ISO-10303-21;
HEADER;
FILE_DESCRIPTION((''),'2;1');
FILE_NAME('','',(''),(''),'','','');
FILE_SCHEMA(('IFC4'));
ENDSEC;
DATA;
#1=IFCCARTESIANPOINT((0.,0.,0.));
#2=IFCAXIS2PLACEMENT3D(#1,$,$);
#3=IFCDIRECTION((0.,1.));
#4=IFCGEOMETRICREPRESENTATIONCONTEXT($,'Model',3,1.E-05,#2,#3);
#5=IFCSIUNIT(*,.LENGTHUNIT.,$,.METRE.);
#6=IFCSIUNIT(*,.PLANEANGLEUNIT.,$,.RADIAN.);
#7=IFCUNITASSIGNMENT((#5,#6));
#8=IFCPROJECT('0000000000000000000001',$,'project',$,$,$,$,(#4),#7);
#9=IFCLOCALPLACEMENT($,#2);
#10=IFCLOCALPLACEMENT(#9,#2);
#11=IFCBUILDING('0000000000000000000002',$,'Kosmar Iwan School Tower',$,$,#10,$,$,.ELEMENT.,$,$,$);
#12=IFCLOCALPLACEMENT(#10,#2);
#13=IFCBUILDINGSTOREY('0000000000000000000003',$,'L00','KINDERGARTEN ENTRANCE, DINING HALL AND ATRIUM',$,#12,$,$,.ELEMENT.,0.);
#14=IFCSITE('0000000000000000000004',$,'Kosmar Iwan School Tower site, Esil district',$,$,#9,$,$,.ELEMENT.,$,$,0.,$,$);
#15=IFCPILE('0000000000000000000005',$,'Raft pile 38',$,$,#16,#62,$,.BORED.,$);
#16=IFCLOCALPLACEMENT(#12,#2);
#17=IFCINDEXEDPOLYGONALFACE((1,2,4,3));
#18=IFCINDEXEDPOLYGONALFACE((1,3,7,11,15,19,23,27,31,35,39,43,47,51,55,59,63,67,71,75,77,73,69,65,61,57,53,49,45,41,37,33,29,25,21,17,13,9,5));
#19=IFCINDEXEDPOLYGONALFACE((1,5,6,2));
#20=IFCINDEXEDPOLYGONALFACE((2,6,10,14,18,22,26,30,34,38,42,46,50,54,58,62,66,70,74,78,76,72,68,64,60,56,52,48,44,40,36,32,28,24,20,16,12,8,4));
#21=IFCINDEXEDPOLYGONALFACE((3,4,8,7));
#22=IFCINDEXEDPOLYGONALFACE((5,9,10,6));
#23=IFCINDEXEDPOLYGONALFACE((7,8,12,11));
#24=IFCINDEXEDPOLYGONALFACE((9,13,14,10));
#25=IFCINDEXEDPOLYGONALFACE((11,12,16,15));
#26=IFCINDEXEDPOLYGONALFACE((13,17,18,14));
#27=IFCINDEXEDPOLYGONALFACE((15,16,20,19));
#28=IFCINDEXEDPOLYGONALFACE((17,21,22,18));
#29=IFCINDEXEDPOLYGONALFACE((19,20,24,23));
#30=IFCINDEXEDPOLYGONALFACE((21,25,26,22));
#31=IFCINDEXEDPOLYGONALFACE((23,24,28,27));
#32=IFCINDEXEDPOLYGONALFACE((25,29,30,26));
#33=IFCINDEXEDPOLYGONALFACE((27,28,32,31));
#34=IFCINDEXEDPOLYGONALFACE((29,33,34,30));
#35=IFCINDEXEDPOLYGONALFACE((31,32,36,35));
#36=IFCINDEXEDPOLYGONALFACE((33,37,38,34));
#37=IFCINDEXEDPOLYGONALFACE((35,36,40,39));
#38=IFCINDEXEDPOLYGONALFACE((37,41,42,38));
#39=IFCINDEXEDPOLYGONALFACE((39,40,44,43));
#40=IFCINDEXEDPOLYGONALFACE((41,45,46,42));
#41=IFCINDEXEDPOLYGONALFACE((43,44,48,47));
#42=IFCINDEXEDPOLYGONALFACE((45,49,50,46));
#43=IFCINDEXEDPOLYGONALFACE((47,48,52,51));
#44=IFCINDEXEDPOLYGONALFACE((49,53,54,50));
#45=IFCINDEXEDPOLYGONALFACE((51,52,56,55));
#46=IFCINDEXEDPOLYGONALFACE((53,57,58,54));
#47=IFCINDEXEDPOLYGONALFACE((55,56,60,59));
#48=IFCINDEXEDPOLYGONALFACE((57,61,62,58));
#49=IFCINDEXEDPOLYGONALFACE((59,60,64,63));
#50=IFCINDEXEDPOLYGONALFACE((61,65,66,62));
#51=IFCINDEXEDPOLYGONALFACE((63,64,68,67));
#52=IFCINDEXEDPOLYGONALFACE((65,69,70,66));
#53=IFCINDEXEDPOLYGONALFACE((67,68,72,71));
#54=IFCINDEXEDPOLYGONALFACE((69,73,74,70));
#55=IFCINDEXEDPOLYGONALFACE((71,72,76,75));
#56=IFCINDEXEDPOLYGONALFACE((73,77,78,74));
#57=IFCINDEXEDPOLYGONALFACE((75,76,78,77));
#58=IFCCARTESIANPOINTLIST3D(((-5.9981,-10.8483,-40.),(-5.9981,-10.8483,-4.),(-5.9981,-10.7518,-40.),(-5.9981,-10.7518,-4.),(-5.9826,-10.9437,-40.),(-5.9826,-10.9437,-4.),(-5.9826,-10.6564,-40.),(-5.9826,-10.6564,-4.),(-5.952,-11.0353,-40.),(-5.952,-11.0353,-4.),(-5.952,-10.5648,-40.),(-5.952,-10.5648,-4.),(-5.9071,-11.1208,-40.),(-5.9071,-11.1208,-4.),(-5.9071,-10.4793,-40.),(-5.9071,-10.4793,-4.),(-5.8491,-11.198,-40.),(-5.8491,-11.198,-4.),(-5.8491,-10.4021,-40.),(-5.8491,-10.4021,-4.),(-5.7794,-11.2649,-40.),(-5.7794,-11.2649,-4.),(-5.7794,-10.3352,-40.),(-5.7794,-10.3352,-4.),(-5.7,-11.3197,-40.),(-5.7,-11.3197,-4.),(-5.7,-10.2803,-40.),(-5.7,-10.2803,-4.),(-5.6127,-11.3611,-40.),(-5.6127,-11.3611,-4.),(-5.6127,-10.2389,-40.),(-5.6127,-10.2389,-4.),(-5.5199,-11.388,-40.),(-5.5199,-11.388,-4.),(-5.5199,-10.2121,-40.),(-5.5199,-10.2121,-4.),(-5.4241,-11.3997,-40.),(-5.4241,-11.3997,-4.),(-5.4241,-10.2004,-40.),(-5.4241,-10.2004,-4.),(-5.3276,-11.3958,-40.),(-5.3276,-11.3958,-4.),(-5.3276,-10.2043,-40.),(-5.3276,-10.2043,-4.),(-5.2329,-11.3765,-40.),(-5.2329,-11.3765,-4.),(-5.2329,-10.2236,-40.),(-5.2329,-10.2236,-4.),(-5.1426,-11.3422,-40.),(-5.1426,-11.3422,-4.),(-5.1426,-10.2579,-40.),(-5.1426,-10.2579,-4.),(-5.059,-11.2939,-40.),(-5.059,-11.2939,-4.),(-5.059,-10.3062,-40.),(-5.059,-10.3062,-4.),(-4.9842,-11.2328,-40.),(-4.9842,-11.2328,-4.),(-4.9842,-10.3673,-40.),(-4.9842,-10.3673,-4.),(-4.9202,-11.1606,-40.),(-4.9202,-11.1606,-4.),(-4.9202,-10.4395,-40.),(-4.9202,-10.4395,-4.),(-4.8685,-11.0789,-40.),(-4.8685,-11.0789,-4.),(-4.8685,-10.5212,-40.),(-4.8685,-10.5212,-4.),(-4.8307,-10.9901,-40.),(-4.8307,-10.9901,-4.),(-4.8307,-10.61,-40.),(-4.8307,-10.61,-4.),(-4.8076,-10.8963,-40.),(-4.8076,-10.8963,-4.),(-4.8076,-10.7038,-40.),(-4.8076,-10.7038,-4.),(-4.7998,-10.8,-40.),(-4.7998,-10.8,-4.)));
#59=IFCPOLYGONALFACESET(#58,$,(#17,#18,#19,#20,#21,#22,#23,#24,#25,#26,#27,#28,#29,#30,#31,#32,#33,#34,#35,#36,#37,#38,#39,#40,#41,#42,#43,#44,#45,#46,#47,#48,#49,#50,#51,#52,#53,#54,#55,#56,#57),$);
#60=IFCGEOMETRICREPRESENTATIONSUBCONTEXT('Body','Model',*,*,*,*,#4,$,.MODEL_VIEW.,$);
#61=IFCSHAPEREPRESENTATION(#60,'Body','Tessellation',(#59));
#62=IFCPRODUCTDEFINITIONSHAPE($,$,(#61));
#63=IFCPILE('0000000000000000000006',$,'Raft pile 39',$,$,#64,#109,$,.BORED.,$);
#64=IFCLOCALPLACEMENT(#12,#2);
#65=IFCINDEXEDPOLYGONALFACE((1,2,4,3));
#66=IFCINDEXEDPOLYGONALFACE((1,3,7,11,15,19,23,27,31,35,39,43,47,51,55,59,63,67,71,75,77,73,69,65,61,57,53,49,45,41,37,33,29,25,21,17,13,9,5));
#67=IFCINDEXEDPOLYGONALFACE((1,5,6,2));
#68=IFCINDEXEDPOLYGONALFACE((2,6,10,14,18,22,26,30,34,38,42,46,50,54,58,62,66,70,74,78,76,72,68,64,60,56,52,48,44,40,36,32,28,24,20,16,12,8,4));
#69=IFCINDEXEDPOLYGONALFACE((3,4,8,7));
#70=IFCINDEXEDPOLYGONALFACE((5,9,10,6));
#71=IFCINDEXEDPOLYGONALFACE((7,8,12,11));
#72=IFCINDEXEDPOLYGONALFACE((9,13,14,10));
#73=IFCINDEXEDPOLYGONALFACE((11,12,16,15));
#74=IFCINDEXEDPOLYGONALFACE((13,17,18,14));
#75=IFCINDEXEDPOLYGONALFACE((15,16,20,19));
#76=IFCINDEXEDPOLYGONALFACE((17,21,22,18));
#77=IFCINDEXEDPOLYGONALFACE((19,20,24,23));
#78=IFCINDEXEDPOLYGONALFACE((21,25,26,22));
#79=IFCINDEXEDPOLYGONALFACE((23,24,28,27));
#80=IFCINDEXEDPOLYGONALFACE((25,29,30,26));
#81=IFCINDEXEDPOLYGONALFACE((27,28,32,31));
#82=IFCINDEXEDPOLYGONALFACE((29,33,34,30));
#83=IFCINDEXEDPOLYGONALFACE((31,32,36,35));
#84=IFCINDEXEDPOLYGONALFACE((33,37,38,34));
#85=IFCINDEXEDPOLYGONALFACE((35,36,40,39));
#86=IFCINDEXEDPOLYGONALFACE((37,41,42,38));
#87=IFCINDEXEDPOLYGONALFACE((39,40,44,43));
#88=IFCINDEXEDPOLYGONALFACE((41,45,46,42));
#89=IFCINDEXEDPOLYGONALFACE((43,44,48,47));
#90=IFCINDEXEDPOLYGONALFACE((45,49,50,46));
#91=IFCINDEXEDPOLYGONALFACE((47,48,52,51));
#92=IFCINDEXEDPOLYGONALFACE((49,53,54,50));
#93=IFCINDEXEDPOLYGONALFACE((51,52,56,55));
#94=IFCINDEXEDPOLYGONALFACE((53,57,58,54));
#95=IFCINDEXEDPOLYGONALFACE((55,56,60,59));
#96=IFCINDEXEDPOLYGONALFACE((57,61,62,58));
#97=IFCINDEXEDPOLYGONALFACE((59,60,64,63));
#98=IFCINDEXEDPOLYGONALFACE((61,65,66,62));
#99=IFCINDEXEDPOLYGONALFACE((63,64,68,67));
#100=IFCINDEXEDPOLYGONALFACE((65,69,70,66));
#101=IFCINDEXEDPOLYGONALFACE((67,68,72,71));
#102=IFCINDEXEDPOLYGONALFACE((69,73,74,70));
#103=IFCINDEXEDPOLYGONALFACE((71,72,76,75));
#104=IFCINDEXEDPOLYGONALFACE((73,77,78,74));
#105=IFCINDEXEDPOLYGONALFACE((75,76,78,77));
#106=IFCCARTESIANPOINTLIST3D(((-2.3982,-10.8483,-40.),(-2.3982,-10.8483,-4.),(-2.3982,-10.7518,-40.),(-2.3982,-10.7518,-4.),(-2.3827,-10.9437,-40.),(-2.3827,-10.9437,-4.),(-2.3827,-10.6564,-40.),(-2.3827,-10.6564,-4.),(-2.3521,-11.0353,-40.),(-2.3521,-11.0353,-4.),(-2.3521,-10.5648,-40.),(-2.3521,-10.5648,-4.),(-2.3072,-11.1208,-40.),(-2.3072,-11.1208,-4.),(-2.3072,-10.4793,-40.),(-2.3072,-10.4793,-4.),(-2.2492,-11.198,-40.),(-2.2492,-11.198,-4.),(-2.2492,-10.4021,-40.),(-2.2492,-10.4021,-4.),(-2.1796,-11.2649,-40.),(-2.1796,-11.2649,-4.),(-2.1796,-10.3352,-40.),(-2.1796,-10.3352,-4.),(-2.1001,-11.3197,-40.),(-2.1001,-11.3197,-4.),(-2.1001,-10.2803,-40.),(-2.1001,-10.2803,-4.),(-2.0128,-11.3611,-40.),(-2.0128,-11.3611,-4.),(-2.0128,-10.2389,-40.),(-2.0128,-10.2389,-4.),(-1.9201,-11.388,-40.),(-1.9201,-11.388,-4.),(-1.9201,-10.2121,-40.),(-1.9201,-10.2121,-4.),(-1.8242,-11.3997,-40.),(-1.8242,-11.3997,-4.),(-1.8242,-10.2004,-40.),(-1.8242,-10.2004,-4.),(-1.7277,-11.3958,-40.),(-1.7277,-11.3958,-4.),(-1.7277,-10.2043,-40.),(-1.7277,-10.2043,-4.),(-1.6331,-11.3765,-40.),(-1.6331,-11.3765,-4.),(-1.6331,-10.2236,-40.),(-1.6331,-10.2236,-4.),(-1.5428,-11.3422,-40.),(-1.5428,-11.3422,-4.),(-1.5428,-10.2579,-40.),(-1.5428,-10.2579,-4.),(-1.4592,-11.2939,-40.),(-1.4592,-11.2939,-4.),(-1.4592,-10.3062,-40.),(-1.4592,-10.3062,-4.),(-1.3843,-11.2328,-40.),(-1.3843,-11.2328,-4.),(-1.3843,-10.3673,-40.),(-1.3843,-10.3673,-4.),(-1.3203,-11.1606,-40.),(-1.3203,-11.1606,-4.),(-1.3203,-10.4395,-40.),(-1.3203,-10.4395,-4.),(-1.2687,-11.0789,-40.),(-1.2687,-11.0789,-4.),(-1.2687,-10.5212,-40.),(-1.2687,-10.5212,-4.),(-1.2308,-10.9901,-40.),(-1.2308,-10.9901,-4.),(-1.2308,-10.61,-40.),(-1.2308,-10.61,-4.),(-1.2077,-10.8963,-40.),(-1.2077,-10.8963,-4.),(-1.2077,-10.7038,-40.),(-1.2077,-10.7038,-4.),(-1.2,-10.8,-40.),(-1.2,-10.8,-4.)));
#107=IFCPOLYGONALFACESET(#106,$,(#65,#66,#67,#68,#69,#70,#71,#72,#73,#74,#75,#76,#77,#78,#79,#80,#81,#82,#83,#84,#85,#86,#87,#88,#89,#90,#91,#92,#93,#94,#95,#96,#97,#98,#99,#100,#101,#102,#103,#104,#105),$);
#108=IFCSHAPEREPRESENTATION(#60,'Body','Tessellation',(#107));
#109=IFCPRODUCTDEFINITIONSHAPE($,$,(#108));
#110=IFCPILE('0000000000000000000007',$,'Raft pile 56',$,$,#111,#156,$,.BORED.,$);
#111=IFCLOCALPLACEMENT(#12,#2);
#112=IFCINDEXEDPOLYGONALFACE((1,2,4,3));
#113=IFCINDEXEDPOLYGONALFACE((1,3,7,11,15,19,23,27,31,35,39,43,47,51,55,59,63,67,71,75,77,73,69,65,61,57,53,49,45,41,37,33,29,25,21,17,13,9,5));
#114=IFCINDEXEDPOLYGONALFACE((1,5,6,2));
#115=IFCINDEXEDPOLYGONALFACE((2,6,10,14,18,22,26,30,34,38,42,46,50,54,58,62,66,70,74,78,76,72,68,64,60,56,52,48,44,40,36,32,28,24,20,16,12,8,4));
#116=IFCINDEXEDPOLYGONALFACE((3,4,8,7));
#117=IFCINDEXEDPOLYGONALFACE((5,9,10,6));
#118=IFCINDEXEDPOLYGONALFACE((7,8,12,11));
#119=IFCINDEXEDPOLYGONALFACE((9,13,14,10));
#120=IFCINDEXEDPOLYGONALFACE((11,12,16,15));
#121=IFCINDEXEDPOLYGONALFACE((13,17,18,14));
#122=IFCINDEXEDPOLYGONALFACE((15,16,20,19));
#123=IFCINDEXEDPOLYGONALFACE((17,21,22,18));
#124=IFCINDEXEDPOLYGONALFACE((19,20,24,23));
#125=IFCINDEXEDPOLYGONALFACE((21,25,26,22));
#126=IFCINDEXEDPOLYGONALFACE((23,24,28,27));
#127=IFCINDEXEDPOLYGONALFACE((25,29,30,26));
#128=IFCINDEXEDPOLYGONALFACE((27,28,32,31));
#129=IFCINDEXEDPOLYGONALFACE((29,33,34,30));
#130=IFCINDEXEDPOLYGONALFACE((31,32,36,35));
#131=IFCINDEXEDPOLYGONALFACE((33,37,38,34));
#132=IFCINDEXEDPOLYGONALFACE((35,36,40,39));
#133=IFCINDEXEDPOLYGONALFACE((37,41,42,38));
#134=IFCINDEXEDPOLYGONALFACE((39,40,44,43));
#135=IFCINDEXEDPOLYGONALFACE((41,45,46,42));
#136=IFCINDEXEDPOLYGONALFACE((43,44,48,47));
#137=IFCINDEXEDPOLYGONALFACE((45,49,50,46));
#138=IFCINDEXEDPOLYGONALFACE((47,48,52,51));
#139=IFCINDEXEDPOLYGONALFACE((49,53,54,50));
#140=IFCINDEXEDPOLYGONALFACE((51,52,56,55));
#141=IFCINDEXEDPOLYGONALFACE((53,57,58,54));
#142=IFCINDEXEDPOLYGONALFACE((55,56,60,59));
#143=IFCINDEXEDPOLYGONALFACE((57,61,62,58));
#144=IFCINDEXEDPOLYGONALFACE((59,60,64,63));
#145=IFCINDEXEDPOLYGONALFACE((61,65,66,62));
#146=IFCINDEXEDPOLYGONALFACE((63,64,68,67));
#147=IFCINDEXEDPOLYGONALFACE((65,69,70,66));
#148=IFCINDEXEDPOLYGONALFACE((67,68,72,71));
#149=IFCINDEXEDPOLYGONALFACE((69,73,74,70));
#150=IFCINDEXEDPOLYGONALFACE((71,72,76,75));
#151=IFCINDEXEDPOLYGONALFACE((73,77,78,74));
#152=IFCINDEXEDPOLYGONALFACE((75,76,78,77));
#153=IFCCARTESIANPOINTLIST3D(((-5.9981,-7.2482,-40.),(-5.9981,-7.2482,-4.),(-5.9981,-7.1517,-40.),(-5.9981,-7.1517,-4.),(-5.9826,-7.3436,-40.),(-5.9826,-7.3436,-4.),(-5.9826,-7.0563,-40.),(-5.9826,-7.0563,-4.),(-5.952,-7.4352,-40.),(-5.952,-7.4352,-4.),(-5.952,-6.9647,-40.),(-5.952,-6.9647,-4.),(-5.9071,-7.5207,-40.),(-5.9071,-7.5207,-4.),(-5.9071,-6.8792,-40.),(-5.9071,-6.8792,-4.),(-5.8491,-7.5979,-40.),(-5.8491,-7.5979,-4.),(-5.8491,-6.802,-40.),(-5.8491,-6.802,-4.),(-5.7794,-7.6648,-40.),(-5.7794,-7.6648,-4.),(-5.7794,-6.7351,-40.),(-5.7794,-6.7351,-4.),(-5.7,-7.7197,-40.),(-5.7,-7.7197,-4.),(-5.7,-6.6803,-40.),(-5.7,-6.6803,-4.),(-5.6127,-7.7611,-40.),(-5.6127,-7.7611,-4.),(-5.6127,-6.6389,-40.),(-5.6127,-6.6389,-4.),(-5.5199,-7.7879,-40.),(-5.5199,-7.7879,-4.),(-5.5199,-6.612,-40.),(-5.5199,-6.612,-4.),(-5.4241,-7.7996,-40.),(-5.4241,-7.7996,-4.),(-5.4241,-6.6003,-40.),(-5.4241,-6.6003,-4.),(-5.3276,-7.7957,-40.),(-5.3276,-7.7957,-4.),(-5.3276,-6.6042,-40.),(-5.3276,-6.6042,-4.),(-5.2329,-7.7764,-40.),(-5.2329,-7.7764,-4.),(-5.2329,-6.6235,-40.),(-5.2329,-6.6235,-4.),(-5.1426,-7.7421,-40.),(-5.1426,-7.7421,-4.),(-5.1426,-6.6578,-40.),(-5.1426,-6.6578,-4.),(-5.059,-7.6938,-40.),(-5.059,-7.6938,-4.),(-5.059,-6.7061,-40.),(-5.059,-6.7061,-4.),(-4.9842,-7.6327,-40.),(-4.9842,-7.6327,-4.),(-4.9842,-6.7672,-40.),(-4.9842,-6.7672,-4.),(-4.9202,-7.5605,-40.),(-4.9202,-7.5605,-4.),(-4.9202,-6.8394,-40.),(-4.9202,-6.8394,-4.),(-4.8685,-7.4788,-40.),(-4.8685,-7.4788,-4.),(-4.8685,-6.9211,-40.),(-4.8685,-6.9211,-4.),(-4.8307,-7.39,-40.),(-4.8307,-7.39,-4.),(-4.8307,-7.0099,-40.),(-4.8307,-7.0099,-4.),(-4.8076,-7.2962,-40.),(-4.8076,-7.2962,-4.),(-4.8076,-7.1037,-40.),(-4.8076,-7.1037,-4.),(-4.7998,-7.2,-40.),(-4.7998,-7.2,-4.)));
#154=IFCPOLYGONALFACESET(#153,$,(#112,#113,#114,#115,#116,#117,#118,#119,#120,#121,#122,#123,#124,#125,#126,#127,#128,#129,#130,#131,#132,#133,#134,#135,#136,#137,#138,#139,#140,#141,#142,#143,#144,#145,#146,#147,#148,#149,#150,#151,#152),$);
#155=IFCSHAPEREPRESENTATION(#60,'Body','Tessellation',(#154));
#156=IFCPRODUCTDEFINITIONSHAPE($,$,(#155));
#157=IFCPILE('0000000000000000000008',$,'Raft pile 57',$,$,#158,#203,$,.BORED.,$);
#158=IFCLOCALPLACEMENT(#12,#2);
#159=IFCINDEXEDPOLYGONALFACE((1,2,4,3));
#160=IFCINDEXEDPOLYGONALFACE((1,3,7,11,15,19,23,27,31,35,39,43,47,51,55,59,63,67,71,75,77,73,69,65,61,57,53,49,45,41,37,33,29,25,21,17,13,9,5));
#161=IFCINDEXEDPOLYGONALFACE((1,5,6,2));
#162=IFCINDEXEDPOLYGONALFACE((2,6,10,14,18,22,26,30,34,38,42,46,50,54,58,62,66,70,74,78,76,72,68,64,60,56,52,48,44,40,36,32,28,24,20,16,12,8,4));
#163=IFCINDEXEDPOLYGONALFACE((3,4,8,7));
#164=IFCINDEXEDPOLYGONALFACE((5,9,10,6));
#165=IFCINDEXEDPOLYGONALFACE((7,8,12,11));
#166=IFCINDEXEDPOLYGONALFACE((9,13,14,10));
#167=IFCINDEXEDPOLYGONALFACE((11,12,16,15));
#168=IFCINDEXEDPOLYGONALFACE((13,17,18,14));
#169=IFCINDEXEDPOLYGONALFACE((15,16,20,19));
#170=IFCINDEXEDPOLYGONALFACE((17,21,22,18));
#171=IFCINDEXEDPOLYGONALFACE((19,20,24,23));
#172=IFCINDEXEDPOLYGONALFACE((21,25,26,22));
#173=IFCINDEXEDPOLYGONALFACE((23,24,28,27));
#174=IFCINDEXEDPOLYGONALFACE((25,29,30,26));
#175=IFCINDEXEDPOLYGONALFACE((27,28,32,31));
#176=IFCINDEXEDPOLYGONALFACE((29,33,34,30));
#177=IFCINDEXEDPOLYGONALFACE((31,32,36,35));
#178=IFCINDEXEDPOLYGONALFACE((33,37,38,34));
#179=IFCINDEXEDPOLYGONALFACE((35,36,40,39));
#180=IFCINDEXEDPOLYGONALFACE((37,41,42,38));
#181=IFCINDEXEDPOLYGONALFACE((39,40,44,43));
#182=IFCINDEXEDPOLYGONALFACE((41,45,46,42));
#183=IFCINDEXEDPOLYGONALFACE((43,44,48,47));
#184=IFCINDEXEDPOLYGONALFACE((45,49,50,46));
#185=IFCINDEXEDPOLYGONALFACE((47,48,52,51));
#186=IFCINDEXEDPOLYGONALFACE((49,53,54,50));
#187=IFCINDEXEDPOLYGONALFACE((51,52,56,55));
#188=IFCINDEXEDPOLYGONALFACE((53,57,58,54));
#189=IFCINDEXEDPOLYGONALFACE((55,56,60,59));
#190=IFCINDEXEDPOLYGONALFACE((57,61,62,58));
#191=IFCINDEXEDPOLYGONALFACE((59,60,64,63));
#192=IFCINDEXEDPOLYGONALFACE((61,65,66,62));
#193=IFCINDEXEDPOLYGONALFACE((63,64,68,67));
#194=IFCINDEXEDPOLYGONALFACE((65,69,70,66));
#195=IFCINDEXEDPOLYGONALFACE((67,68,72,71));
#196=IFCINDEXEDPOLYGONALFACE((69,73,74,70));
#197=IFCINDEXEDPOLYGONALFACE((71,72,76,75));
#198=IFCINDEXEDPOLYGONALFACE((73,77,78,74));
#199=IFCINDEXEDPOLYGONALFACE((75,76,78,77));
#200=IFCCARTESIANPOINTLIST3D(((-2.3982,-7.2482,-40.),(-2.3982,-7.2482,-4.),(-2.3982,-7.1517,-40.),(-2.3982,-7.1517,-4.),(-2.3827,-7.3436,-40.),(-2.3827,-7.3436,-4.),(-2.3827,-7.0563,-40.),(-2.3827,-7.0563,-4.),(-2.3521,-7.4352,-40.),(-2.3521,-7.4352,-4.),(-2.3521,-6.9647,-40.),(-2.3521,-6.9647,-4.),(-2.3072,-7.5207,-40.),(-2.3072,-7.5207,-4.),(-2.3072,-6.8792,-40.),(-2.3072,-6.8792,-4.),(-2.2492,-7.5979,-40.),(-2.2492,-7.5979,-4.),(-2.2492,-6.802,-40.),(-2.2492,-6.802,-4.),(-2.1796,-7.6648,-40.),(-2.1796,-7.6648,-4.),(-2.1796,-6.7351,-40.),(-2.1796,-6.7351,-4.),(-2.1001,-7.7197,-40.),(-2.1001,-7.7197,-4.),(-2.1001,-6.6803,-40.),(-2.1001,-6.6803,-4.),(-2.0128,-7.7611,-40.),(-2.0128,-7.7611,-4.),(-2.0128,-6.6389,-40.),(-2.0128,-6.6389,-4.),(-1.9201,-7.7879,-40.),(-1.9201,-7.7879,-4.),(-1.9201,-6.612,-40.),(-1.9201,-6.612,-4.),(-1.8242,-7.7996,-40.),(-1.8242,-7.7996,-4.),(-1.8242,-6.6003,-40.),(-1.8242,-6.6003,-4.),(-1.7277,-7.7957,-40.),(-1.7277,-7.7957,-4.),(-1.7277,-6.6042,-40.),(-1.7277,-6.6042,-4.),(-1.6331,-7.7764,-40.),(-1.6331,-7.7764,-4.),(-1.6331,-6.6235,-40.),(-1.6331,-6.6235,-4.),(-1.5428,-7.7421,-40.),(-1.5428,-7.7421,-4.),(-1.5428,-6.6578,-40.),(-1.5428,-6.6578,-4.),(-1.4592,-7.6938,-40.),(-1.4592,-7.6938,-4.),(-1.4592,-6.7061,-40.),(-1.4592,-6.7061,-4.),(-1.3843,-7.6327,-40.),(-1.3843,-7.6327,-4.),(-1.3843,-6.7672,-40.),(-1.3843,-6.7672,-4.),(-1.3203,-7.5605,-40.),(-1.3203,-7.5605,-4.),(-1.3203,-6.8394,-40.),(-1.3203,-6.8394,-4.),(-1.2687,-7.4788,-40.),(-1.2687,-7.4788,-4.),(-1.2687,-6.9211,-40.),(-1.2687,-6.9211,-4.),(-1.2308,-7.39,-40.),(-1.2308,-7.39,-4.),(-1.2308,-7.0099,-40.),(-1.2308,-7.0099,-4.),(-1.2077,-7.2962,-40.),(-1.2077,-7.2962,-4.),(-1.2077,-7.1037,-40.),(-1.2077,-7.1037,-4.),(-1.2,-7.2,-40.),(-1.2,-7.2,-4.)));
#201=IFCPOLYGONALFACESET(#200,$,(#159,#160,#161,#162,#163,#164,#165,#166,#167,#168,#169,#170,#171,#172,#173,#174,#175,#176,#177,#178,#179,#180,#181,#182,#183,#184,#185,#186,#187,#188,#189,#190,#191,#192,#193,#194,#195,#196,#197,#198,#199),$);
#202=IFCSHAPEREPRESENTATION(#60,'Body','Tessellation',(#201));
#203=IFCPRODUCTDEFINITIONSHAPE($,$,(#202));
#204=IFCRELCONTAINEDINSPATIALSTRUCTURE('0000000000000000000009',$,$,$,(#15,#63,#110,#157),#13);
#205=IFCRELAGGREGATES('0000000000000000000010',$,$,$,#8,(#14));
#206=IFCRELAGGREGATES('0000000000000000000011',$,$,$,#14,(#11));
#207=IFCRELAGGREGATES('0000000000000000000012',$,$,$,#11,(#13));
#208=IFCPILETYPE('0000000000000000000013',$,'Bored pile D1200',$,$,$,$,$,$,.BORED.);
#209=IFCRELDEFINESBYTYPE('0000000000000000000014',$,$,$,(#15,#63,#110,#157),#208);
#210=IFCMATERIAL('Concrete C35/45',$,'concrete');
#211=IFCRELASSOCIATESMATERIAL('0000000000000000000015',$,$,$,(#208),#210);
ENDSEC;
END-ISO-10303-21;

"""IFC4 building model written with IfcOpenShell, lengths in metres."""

from ifc_helpers import new_model, si_unit, direction, frame, origin, origin_2d, place, context, subcontext, project, spatial, circle, extrude, material, material_profile, profile_set, type_object, element, save


model = new_model("IFC4")

# Units and contexts
model_context = context("Model", 3, precision=1e-05, world=origin(), true_north=direction((0.0, 1.0)))
body_context = subcontext(model_context, "Body", "Model", "MODEL_VIEW")
ifc_project = project(units=[si_unit("LENGTHUNIT", "METRE"), si_unit("PLANEANGLEUNIT", "RADIAN")], contexts=[model_context])

# Site, building, storey
site_placement = place(None, origin())
site = spatial("IfcSite", under=ifc_project, at=site_placement, Name="Kosmar Iwan School Tower site, Esil district", CompositionType="ELEMENT", RefElevation=0.0)
building_placement = place(site_placement, origin())
building = spatial("IfcBuilding", under=site, at=building_placement, Name="Kosmar Iwan School Tower", CompositionType="ELEMENT")
storey_placement = place(building_placement, origin())
storey = spatial("IfcBuildingStorey", under=building, at=storey_placement, Name="L00", Description="KINDERGARTEN ENTRANCE, DINING HALL AND ATRIUM", CompositionType="ELEMENT", Elevation=0.0)

# Piles
ifc_material_1 = material(Name="Concrete C35/45", Category="concrete")
ifc_material_profile = material_profile(ifc_material_1, circle(Radius=0.6001, at=origin_2d()), Name="D1200")
ifc_profile_set = profile_set([ifc_material_profile], Name="Concrete C35/45")
pile_type = type_object("IfcPileType", Name="Bored pile D1200", PredefinedType="BORED", material=ifc_profile_set)
for number, where, z_axis, x_axis, name in (
    (1, (-5.3999, -10.8, -4.0), (0.0, 0.0, -1.0), (1.0, 0.0, 0.0), "Raft pile 38"),
    (2, (-1.8, -10.8, -4.0), (0.0, 0.0, -1.0), (1.0, 0.0, 0.0), "Raft pile 39"),
    (3, (-5.3999, -7.2, -4.0), (0.0, 0.0, -1.0), (1.0, 0.0, 0.0), "Raft pile 56"),
    (4, (-1.8, -7.2, -4.0), (0.0, 0.0, -1.0), (1.0, 0.0, 0.0), "Raft pile 57"),
):
    element("IfcPile", number, at=place(storey_placement, frame(where, z_axis=z_axis, x_axis=x_axis)), inside=storey, type_object=pile_type, Name=name, PredefinedType="BORED", context=body_context, shape_type="SweptSolid", body=[
        extrude(circle(Radius=0.6001, at=origin_2d()), origin(), (0.0, 0.0, 1.0), 36.0),
    ])

save(model, "model.ifc")
